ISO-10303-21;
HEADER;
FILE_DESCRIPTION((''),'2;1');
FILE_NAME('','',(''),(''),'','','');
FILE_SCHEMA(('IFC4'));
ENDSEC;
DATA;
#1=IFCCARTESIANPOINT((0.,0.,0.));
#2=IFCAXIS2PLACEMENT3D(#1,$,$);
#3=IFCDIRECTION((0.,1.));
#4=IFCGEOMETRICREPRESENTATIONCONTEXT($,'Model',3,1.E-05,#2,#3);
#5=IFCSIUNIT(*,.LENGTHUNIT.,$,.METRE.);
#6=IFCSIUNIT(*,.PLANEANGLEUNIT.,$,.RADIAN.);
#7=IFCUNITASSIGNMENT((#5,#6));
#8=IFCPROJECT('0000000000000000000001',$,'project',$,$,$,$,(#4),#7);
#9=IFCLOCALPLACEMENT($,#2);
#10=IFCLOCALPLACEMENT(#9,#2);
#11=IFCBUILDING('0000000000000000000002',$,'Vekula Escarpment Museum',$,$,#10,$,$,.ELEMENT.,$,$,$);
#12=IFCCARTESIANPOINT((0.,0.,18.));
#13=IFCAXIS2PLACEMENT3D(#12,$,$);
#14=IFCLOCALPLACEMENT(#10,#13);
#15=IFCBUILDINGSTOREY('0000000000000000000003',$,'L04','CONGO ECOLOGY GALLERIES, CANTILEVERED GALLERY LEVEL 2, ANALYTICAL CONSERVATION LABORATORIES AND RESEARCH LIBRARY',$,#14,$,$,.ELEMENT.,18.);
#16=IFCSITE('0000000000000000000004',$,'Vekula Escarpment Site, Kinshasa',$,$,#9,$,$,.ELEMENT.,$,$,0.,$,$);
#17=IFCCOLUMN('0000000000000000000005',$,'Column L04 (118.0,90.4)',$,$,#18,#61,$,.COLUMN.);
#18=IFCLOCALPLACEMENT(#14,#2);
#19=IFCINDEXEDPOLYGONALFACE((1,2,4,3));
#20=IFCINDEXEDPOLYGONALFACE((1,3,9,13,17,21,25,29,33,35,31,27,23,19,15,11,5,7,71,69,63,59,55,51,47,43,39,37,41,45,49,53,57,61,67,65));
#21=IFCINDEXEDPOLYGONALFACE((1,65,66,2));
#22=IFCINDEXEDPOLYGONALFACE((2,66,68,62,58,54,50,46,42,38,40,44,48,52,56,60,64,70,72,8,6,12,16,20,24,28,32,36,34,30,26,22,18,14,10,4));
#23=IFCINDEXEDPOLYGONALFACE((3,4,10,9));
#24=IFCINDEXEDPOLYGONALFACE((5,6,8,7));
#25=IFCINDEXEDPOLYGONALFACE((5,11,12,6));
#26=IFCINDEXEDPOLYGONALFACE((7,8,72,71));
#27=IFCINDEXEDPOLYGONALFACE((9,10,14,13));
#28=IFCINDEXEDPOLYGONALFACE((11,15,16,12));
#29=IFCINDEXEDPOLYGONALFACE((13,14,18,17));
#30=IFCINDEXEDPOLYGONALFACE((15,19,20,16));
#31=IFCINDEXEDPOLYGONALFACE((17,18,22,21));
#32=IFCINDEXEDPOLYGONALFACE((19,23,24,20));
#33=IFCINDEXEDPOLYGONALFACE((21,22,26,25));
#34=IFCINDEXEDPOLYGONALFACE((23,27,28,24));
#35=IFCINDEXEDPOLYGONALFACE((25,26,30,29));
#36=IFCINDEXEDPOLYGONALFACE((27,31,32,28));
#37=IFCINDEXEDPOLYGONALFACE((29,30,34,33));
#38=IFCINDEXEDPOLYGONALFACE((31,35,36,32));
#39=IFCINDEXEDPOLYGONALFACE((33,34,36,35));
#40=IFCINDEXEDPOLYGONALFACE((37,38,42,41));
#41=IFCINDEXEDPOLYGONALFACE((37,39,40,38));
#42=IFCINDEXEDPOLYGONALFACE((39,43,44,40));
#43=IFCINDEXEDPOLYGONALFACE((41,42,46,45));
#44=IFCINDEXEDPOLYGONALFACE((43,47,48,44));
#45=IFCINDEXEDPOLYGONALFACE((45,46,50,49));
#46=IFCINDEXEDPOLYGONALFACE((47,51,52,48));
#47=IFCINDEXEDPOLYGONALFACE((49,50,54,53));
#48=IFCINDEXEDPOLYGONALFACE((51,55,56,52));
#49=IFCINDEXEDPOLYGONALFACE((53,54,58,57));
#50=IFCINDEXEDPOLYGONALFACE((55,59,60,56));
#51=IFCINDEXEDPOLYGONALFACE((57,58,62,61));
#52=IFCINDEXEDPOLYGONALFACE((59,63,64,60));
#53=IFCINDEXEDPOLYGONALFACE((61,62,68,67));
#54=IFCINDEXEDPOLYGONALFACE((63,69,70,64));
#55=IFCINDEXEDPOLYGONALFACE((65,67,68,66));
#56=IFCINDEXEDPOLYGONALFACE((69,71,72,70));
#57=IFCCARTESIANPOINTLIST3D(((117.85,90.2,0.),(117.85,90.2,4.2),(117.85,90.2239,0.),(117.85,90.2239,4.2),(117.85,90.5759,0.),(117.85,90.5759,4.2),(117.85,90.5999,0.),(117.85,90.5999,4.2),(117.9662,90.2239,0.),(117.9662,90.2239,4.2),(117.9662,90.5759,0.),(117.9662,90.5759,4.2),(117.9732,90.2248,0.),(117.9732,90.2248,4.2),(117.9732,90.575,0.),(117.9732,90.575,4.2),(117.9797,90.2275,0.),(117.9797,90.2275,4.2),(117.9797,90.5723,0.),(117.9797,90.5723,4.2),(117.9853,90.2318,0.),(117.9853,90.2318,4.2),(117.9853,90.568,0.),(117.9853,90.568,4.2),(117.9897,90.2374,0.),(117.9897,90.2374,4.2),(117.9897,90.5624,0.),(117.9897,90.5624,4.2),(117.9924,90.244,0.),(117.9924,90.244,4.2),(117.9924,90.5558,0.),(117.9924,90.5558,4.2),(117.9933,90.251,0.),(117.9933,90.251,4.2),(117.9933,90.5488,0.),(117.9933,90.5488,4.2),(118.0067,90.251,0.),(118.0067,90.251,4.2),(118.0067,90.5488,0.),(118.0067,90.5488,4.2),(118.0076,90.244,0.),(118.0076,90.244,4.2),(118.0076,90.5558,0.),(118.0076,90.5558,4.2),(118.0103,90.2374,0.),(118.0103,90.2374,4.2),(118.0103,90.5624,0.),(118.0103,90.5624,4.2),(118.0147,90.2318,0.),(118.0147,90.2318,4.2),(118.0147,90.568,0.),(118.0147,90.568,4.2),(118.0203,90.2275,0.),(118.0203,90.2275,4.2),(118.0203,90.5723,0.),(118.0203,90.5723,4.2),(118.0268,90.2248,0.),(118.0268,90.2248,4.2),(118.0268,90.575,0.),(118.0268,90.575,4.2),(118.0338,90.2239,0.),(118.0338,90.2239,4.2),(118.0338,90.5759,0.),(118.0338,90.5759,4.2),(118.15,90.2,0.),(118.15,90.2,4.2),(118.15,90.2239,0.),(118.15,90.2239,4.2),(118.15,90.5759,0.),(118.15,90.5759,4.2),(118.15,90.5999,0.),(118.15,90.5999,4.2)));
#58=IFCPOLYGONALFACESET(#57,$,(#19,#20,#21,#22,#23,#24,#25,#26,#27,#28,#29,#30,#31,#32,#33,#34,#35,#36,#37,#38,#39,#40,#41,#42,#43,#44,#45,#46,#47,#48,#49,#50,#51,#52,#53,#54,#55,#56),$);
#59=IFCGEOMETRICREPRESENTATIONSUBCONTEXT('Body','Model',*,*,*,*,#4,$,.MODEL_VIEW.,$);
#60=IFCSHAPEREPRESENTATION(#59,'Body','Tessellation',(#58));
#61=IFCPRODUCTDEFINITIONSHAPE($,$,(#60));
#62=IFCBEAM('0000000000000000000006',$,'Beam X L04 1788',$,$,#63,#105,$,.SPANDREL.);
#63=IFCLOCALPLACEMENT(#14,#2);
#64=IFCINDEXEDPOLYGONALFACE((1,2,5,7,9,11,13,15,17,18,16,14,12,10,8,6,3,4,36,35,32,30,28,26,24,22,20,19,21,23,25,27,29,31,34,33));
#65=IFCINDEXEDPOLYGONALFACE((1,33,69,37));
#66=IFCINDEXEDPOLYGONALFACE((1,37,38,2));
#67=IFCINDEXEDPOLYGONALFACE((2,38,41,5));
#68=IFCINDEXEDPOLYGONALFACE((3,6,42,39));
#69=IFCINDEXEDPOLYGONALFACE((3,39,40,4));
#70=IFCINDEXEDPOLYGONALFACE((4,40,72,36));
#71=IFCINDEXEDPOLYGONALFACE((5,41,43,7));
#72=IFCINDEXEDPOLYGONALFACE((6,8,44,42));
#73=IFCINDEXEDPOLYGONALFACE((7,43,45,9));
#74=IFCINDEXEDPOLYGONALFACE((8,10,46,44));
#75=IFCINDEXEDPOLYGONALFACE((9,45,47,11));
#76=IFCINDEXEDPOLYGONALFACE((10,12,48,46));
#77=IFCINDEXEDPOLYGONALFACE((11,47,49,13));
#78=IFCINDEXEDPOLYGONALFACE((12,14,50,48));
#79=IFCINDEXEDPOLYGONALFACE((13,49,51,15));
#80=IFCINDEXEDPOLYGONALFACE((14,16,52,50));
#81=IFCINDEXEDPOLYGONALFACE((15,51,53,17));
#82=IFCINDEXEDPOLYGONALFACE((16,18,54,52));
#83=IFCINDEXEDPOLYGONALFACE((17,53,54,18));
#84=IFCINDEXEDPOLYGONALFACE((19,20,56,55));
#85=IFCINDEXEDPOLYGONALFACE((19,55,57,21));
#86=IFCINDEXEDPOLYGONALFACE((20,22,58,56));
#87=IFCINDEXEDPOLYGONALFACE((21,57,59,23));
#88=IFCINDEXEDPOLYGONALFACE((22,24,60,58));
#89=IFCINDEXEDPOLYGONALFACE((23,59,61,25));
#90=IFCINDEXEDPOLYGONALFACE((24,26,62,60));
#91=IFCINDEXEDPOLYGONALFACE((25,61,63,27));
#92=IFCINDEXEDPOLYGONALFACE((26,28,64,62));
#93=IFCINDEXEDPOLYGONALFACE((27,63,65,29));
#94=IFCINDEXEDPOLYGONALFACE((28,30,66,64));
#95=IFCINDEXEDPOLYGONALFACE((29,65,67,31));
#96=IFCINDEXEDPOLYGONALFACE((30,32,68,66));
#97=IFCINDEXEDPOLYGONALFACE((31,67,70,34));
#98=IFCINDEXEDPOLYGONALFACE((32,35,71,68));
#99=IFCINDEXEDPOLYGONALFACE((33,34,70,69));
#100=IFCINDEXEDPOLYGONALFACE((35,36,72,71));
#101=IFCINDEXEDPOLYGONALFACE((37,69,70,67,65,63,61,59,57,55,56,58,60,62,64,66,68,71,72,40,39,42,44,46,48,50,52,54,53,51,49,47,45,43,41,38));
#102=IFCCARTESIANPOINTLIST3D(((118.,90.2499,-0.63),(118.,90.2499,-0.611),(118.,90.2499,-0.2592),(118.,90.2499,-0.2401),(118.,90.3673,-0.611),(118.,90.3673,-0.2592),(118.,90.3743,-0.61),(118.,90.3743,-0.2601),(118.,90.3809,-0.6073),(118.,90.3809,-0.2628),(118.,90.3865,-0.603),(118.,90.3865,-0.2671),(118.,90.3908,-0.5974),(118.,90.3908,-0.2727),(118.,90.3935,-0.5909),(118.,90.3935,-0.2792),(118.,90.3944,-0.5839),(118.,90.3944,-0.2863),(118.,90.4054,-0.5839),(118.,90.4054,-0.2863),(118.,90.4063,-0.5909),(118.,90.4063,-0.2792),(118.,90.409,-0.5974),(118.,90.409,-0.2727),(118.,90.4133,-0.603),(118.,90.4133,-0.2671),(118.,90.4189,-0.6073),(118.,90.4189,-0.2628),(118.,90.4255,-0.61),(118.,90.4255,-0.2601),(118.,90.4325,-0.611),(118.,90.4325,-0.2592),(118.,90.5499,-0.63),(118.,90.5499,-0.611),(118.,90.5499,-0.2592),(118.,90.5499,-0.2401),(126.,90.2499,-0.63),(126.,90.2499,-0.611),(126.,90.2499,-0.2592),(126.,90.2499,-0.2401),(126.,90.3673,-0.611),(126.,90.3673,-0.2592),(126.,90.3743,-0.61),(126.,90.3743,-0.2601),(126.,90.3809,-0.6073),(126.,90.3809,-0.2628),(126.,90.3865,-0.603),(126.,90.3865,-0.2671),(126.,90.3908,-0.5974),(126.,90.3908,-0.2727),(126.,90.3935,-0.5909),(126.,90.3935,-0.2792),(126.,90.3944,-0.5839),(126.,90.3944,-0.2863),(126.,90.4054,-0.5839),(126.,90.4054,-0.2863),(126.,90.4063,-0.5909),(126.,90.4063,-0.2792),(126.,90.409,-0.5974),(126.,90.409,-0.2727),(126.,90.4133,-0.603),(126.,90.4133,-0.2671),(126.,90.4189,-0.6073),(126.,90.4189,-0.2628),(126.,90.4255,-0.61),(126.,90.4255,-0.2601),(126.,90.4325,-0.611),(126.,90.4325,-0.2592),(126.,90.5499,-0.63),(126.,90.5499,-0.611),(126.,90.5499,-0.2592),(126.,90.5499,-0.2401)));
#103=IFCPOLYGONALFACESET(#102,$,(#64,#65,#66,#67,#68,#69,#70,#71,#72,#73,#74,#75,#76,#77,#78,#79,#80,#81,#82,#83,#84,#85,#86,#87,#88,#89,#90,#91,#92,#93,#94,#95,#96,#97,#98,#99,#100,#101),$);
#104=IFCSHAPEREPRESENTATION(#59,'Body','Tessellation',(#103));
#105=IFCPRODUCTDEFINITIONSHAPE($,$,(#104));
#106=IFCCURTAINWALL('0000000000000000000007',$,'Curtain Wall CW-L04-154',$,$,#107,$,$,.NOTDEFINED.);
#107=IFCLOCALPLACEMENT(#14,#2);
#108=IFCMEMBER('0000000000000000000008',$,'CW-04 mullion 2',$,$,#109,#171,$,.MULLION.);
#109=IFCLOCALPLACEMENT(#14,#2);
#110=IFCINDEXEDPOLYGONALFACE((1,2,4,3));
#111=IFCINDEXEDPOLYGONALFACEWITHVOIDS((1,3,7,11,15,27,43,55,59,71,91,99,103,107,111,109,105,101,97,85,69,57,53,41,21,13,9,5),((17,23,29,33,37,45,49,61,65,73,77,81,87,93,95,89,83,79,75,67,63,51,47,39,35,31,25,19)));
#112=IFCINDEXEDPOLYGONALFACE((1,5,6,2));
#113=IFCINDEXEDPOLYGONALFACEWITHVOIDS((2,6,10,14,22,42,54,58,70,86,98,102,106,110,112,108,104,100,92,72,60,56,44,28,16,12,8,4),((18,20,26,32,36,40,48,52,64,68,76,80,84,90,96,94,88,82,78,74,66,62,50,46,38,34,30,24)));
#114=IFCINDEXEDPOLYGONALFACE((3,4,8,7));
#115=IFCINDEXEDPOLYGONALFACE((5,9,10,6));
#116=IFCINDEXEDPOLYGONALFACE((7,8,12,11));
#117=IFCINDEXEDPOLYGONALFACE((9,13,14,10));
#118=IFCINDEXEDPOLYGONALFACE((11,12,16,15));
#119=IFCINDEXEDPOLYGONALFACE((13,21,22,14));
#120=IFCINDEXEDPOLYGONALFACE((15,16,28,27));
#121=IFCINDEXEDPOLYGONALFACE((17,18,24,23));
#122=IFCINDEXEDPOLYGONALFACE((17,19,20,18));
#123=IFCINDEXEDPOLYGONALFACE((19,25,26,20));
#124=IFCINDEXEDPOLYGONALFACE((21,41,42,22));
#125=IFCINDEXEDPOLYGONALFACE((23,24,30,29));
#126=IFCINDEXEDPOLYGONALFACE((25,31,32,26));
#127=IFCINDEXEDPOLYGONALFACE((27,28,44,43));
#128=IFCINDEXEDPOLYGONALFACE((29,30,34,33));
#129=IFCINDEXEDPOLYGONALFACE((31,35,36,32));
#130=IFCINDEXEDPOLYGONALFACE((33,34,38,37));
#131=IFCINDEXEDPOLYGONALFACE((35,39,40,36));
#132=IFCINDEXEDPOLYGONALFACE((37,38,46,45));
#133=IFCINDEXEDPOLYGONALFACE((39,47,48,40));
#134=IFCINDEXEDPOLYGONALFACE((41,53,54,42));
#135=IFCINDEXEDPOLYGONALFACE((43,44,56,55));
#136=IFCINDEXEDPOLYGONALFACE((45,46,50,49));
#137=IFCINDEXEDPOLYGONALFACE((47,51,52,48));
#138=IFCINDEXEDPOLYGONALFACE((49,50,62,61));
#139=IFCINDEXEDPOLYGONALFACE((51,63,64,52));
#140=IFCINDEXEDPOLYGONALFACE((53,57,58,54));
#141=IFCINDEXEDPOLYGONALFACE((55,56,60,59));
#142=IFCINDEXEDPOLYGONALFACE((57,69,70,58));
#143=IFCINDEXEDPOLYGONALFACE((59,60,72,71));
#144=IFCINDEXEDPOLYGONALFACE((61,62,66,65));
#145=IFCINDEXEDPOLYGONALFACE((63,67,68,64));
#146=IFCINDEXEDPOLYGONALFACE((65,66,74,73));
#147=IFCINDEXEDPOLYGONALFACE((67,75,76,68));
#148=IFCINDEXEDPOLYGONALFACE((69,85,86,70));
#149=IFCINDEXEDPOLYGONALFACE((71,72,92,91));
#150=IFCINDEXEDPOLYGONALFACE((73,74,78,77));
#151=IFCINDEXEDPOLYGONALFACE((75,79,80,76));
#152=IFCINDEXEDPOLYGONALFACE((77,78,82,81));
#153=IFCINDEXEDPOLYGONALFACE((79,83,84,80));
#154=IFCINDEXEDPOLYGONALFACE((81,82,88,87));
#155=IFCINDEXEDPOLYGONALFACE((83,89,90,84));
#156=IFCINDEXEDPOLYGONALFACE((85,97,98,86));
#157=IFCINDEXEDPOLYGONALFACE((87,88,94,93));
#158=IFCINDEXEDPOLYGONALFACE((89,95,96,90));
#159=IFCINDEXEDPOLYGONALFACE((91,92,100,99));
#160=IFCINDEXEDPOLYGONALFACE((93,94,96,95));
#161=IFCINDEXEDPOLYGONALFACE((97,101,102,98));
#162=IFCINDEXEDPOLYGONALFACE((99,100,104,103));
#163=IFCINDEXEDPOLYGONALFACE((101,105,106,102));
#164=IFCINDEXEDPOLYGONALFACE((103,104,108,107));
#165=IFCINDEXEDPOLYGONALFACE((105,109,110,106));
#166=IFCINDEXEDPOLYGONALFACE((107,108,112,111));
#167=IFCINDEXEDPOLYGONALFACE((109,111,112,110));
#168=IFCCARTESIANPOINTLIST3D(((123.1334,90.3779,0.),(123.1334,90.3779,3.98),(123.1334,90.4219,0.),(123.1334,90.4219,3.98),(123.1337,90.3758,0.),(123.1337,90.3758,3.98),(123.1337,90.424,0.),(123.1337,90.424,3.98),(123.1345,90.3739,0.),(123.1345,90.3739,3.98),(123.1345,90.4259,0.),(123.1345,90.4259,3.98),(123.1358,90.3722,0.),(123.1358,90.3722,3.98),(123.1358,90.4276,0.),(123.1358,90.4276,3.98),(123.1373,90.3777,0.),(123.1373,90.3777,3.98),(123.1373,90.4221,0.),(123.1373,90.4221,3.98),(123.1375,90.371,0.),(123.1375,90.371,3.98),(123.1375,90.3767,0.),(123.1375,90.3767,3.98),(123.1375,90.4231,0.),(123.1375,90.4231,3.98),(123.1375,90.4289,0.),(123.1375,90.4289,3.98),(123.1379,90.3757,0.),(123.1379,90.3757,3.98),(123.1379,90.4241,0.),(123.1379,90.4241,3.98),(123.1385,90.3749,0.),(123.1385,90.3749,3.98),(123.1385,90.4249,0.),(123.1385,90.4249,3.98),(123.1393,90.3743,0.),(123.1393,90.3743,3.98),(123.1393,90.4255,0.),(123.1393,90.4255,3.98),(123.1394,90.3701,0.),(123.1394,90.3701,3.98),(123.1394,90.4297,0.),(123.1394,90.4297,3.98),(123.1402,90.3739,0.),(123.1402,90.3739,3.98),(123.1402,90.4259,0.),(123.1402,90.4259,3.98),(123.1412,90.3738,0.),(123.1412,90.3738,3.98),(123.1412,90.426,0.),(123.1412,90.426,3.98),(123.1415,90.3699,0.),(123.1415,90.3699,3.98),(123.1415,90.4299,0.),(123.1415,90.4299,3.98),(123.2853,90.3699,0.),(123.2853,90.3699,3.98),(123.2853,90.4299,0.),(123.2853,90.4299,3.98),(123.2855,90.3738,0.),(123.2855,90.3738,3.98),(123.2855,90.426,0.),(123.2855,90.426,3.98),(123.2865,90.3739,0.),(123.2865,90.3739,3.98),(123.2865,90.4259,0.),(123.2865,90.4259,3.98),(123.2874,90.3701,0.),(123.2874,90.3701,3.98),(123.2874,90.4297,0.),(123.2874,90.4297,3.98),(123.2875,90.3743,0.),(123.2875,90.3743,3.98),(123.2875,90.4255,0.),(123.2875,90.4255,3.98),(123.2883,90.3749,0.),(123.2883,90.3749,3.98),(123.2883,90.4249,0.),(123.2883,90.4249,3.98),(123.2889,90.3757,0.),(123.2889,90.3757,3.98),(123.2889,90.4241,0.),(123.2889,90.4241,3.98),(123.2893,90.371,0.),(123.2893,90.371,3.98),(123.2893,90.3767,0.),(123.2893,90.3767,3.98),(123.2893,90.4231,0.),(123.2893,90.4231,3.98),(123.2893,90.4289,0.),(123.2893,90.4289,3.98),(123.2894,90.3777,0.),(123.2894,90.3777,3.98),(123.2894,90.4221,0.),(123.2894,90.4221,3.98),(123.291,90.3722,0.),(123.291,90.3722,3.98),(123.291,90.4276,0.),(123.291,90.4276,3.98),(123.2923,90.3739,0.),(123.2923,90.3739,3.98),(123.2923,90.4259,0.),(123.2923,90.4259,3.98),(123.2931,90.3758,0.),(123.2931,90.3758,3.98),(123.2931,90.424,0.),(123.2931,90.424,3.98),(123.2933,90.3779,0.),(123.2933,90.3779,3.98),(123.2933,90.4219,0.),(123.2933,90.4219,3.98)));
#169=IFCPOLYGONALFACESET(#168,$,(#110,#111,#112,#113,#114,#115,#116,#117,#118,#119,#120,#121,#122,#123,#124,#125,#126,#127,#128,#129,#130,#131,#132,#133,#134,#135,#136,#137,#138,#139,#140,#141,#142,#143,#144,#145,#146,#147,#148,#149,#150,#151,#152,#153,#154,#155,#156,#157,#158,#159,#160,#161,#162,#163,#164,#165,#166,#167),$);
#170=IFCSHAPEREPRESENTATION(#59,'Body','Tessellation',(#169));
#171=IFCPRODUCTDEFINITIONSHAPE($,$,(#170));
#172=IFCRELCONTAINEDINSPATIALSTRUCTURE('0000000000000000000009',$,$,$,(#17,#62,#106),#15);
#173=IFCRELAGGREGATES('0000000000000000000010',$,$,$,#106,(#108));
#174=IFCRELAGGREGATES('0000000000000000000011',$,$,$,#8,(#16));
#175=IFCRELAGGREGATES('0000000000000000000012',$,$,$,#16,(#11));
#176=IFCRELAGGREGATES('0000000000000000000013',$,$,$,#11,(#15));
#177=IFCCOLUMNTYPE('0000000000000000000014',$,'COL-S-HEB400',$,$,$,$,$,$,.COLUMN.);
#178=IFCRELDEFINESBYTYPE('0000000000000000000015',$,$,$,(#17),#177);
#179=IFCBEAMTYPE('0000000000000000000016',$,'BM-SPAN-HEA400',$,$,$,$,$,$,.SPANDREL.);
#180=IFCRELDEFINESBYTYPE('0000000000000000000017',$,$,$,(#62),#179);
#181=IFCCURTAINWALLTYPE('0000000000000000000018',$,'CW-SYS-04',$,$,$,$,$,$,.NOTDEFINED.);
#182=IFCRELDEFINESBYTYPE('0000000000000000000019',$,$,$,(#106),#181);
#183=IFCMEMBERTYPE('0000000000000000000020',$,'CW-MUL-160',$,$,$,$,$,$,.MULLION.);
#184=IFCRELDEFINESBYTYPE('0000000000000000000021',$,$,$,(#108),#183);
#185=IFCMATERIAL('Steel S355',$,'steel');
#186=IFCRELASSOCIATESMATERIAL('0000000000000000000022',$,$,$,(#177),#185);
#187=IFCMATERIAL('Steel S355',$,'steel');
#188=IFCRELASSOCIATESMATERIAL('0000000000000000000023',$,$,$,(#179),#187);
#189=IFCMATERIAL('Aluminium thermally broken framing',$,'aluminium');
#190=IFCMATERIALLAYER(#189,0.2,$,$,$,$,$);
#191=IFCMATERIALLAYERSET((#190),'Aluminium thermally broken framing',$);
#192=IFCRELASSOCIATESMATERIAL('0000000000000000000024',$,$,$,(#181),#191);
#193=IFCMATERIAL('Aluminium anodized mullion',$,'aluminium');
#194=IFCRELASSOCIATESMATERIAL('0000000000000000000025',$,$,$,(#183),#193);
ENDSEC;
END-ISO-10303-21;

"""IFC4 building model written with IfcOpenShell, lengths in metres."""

from ifc_helpers import new_model, si_unit, direction, frame, origin, origin_2d, place, context, subcontext, project, spatial, hollow_rectangle, i_section, extrude, material, layer, layer_set, material_profile, profile_set, type_object, element, aggregate, save


model = new_model("IFC4")

# Units and contexts
model_context = context("Model", 3, precision=1e-05, world=origin(), true_north=direction((0.0, 1.0)))
body_context = subcontext(model_context, "Body", "Model", "MODEL_VIEW")
ifc_project = project(units=[si_unit("LENGTHUNIT", "METRE"), si_unit("PLANEANGLEUNIT", "RADIAN")], contexts=[model_context])

# Site, building, storey
site_placement = place(None, origin())
site = spatial("IfcSite", under=ifc_project, at=site_placement, Name="Vekula Escarpment Site, Kinshasa", CompositionType="ELEMENT", RefElevation=0.0)
building_placement = place(site_placement, origin())
building = spatial("IfcBuilding", under=site, at=building_placement, Name="Vekula Escarpment Museum", CompositionType="ELEMENT")
storey_placement = place(building_placement, frame((0.0, 0.0, 18.0)))
storey = spatial("IfcBuildingStorey", under=building, at=storey_placement, Name="L04", Description="CONGO ECOLOGY GALLERIES, CANTILEVERED GALLERY LEVEL 2, ANALYTICAL CONSERVATION LABORATORIES AND RESEARCH LIBRARY", CompositionType="ELEMENT", Elevation=18.0)

# Column
ifc_material_1 = material(Name="Steel S355", Category="steel")
ifc_material_profile_1 = material_profile(ifc_material_1, i_section(OverallWidth=0.3, OverallDepth=0.3999, WebThickness=0.0134, FlangeThickness=0.0239, FilletRadius=0.0271, at=origin_2d()), Name="HEB 400")
ifc_profile_set_1 = profile_set([ifc_material_profile_1], Name="Steel S355")
column_type = type_object("IfcColumnType", Name="COL-S-HEB400", PredefinedType="COLUMN", material=ifc_profile_set_1)
column_placement = place(storey_placement, frame((118.0, 90.3999, 0.0), z_axis=(0.0, 0.0, 1.0), x_axis=(1.0, 0.0, 0.0)))
element("IfcColumn", 1, at=column_placement, inside=storey, type_object=column_type, Name="Column L04 (118.0,90.4)", PredefinedType="COLUMN", context=body_context, shape_type="SweptSolid", body=[
    extrude(i_section(OverallWidth=0.3, OverallDepth=0.3999, WebThickness=0.0134, FlangeThickness=0.0239, FilletRadius=0.0271, at=origin_2d()), origin(), (0.0, 0.0, 1.0), 4.2),
])

# Beam
ifc_material_2 = material(Name="Steel S355", Category="steel")
ifc_material_profile_2 = material_profile(ifc_material_2, i_section(OverallWidth=0.3, OverallDepth=0.3899, WebThickness=0.011, FlangeThickness=0.019, FilletRadius=0.0271, at=origin_2d()), Name="HEA 400")
ifc_profile_set_2 = profile_set([ifc_material_profile_2], Name="Steel S355")
beam_type = type_object("IfcBeamType", Name="BM-SPAN-HEA400", PredefinedType="SPANDREL", material=ifc_profile_set_2)
beam_placement = place(storey_placement, frame((118.0, 90.3999, -0.4351), z_axis=(1.0, 0.0, 0.0), x_axis=(0.0, 1.0, 0.0)))
element("IfcBeam", 2, at=beam_placement, inside=storey, type_object=beam_type, Name="Beam X L04 1788", PredefinedType="SPANDREL", context=body_context, shape_type="SweptSolid", body=[
    extrude(i_section(OverallWidth=0.3, OverallDepth=0.3899, WebThickness=0.011, FlangeThickness=0.019, FilletRadius=0.0271, at=origin_2d()), origin(), (0.0, 0.0, 1.0), 8.0),
])

# Curtain wall, member
ifc_material_3 = material(Name="Aluminium thermally broken framing", Category="aluminium")
ifc_layer_1 = layer(ifc_material_3, 0.2)
ifc_layer_set_1 = layer_set([ifc_layer_1], Name="Aluminium thermally broken framing")
curtain_wall_type_1 = type_object("IfcCurtainWallType", Name="CW-SYS-04", PredefinedType="NOTDEFINED", material=ifc_layer_set_1)
curtain_wall_1_placement = place(storey_placement, origin())
curtain_wall_1 = element("IfcCurtainWall", 3, at=curtain_wall_1_placement, inside=storey, type_object=curtain_wall_type_1, Name="Curtain Wall CW-L04-154", PredefinedType="NOTDEFINED")
ifc_material_4 = material(Name="Aluminium anodized mullion", Category="aluminium")
ifc_material_profile_3 = material_profile(ifc_material_4, hollow_rectangle(XDim=0.0601, YDim=0.1599, WallThickness=0.0039, InnerFilletRadius=0.0039, OuterFilletRadius=0.0081, at=origin_2d()), Name="ALU 160x60x4")
ifc_profile_set_3 = profile_set([ifc_material_profile_3], Name="Aluminium anodized mullion")
member_type_1 = type_object("IfcMemberType", Name="CW-MUL-160", PredefinedType="MULLION", material=ifc_profile_set_3)
member_1_placement = place(storey_placement, frame((123.2134, 90.3999, 0.0), z_axis=(0.0, 0.0, 1.0), x_axis=(0.0, -1.0, 0.0)))
member_1 = element("IfcMember", 4, at=member_1_placement, type_object=member_type_1, Name="CW-04 mullion 2", PredefinedType="MULLION", context=body_context, shape_type="SweptSolid", body=[
    extrude(hollow_rectangle(XDim=0.0601, YDim=0.1599, WallThickness=0.0039, InnerFilletRadius=0.0039, OuterFilletRadius=0.0081, at=origin_2d()), origin(), (0.0, 0.0, 1.0), 3.98),
])

aggregate(curtain_wall_1, [member_1])

save(model, "model.ifc")
